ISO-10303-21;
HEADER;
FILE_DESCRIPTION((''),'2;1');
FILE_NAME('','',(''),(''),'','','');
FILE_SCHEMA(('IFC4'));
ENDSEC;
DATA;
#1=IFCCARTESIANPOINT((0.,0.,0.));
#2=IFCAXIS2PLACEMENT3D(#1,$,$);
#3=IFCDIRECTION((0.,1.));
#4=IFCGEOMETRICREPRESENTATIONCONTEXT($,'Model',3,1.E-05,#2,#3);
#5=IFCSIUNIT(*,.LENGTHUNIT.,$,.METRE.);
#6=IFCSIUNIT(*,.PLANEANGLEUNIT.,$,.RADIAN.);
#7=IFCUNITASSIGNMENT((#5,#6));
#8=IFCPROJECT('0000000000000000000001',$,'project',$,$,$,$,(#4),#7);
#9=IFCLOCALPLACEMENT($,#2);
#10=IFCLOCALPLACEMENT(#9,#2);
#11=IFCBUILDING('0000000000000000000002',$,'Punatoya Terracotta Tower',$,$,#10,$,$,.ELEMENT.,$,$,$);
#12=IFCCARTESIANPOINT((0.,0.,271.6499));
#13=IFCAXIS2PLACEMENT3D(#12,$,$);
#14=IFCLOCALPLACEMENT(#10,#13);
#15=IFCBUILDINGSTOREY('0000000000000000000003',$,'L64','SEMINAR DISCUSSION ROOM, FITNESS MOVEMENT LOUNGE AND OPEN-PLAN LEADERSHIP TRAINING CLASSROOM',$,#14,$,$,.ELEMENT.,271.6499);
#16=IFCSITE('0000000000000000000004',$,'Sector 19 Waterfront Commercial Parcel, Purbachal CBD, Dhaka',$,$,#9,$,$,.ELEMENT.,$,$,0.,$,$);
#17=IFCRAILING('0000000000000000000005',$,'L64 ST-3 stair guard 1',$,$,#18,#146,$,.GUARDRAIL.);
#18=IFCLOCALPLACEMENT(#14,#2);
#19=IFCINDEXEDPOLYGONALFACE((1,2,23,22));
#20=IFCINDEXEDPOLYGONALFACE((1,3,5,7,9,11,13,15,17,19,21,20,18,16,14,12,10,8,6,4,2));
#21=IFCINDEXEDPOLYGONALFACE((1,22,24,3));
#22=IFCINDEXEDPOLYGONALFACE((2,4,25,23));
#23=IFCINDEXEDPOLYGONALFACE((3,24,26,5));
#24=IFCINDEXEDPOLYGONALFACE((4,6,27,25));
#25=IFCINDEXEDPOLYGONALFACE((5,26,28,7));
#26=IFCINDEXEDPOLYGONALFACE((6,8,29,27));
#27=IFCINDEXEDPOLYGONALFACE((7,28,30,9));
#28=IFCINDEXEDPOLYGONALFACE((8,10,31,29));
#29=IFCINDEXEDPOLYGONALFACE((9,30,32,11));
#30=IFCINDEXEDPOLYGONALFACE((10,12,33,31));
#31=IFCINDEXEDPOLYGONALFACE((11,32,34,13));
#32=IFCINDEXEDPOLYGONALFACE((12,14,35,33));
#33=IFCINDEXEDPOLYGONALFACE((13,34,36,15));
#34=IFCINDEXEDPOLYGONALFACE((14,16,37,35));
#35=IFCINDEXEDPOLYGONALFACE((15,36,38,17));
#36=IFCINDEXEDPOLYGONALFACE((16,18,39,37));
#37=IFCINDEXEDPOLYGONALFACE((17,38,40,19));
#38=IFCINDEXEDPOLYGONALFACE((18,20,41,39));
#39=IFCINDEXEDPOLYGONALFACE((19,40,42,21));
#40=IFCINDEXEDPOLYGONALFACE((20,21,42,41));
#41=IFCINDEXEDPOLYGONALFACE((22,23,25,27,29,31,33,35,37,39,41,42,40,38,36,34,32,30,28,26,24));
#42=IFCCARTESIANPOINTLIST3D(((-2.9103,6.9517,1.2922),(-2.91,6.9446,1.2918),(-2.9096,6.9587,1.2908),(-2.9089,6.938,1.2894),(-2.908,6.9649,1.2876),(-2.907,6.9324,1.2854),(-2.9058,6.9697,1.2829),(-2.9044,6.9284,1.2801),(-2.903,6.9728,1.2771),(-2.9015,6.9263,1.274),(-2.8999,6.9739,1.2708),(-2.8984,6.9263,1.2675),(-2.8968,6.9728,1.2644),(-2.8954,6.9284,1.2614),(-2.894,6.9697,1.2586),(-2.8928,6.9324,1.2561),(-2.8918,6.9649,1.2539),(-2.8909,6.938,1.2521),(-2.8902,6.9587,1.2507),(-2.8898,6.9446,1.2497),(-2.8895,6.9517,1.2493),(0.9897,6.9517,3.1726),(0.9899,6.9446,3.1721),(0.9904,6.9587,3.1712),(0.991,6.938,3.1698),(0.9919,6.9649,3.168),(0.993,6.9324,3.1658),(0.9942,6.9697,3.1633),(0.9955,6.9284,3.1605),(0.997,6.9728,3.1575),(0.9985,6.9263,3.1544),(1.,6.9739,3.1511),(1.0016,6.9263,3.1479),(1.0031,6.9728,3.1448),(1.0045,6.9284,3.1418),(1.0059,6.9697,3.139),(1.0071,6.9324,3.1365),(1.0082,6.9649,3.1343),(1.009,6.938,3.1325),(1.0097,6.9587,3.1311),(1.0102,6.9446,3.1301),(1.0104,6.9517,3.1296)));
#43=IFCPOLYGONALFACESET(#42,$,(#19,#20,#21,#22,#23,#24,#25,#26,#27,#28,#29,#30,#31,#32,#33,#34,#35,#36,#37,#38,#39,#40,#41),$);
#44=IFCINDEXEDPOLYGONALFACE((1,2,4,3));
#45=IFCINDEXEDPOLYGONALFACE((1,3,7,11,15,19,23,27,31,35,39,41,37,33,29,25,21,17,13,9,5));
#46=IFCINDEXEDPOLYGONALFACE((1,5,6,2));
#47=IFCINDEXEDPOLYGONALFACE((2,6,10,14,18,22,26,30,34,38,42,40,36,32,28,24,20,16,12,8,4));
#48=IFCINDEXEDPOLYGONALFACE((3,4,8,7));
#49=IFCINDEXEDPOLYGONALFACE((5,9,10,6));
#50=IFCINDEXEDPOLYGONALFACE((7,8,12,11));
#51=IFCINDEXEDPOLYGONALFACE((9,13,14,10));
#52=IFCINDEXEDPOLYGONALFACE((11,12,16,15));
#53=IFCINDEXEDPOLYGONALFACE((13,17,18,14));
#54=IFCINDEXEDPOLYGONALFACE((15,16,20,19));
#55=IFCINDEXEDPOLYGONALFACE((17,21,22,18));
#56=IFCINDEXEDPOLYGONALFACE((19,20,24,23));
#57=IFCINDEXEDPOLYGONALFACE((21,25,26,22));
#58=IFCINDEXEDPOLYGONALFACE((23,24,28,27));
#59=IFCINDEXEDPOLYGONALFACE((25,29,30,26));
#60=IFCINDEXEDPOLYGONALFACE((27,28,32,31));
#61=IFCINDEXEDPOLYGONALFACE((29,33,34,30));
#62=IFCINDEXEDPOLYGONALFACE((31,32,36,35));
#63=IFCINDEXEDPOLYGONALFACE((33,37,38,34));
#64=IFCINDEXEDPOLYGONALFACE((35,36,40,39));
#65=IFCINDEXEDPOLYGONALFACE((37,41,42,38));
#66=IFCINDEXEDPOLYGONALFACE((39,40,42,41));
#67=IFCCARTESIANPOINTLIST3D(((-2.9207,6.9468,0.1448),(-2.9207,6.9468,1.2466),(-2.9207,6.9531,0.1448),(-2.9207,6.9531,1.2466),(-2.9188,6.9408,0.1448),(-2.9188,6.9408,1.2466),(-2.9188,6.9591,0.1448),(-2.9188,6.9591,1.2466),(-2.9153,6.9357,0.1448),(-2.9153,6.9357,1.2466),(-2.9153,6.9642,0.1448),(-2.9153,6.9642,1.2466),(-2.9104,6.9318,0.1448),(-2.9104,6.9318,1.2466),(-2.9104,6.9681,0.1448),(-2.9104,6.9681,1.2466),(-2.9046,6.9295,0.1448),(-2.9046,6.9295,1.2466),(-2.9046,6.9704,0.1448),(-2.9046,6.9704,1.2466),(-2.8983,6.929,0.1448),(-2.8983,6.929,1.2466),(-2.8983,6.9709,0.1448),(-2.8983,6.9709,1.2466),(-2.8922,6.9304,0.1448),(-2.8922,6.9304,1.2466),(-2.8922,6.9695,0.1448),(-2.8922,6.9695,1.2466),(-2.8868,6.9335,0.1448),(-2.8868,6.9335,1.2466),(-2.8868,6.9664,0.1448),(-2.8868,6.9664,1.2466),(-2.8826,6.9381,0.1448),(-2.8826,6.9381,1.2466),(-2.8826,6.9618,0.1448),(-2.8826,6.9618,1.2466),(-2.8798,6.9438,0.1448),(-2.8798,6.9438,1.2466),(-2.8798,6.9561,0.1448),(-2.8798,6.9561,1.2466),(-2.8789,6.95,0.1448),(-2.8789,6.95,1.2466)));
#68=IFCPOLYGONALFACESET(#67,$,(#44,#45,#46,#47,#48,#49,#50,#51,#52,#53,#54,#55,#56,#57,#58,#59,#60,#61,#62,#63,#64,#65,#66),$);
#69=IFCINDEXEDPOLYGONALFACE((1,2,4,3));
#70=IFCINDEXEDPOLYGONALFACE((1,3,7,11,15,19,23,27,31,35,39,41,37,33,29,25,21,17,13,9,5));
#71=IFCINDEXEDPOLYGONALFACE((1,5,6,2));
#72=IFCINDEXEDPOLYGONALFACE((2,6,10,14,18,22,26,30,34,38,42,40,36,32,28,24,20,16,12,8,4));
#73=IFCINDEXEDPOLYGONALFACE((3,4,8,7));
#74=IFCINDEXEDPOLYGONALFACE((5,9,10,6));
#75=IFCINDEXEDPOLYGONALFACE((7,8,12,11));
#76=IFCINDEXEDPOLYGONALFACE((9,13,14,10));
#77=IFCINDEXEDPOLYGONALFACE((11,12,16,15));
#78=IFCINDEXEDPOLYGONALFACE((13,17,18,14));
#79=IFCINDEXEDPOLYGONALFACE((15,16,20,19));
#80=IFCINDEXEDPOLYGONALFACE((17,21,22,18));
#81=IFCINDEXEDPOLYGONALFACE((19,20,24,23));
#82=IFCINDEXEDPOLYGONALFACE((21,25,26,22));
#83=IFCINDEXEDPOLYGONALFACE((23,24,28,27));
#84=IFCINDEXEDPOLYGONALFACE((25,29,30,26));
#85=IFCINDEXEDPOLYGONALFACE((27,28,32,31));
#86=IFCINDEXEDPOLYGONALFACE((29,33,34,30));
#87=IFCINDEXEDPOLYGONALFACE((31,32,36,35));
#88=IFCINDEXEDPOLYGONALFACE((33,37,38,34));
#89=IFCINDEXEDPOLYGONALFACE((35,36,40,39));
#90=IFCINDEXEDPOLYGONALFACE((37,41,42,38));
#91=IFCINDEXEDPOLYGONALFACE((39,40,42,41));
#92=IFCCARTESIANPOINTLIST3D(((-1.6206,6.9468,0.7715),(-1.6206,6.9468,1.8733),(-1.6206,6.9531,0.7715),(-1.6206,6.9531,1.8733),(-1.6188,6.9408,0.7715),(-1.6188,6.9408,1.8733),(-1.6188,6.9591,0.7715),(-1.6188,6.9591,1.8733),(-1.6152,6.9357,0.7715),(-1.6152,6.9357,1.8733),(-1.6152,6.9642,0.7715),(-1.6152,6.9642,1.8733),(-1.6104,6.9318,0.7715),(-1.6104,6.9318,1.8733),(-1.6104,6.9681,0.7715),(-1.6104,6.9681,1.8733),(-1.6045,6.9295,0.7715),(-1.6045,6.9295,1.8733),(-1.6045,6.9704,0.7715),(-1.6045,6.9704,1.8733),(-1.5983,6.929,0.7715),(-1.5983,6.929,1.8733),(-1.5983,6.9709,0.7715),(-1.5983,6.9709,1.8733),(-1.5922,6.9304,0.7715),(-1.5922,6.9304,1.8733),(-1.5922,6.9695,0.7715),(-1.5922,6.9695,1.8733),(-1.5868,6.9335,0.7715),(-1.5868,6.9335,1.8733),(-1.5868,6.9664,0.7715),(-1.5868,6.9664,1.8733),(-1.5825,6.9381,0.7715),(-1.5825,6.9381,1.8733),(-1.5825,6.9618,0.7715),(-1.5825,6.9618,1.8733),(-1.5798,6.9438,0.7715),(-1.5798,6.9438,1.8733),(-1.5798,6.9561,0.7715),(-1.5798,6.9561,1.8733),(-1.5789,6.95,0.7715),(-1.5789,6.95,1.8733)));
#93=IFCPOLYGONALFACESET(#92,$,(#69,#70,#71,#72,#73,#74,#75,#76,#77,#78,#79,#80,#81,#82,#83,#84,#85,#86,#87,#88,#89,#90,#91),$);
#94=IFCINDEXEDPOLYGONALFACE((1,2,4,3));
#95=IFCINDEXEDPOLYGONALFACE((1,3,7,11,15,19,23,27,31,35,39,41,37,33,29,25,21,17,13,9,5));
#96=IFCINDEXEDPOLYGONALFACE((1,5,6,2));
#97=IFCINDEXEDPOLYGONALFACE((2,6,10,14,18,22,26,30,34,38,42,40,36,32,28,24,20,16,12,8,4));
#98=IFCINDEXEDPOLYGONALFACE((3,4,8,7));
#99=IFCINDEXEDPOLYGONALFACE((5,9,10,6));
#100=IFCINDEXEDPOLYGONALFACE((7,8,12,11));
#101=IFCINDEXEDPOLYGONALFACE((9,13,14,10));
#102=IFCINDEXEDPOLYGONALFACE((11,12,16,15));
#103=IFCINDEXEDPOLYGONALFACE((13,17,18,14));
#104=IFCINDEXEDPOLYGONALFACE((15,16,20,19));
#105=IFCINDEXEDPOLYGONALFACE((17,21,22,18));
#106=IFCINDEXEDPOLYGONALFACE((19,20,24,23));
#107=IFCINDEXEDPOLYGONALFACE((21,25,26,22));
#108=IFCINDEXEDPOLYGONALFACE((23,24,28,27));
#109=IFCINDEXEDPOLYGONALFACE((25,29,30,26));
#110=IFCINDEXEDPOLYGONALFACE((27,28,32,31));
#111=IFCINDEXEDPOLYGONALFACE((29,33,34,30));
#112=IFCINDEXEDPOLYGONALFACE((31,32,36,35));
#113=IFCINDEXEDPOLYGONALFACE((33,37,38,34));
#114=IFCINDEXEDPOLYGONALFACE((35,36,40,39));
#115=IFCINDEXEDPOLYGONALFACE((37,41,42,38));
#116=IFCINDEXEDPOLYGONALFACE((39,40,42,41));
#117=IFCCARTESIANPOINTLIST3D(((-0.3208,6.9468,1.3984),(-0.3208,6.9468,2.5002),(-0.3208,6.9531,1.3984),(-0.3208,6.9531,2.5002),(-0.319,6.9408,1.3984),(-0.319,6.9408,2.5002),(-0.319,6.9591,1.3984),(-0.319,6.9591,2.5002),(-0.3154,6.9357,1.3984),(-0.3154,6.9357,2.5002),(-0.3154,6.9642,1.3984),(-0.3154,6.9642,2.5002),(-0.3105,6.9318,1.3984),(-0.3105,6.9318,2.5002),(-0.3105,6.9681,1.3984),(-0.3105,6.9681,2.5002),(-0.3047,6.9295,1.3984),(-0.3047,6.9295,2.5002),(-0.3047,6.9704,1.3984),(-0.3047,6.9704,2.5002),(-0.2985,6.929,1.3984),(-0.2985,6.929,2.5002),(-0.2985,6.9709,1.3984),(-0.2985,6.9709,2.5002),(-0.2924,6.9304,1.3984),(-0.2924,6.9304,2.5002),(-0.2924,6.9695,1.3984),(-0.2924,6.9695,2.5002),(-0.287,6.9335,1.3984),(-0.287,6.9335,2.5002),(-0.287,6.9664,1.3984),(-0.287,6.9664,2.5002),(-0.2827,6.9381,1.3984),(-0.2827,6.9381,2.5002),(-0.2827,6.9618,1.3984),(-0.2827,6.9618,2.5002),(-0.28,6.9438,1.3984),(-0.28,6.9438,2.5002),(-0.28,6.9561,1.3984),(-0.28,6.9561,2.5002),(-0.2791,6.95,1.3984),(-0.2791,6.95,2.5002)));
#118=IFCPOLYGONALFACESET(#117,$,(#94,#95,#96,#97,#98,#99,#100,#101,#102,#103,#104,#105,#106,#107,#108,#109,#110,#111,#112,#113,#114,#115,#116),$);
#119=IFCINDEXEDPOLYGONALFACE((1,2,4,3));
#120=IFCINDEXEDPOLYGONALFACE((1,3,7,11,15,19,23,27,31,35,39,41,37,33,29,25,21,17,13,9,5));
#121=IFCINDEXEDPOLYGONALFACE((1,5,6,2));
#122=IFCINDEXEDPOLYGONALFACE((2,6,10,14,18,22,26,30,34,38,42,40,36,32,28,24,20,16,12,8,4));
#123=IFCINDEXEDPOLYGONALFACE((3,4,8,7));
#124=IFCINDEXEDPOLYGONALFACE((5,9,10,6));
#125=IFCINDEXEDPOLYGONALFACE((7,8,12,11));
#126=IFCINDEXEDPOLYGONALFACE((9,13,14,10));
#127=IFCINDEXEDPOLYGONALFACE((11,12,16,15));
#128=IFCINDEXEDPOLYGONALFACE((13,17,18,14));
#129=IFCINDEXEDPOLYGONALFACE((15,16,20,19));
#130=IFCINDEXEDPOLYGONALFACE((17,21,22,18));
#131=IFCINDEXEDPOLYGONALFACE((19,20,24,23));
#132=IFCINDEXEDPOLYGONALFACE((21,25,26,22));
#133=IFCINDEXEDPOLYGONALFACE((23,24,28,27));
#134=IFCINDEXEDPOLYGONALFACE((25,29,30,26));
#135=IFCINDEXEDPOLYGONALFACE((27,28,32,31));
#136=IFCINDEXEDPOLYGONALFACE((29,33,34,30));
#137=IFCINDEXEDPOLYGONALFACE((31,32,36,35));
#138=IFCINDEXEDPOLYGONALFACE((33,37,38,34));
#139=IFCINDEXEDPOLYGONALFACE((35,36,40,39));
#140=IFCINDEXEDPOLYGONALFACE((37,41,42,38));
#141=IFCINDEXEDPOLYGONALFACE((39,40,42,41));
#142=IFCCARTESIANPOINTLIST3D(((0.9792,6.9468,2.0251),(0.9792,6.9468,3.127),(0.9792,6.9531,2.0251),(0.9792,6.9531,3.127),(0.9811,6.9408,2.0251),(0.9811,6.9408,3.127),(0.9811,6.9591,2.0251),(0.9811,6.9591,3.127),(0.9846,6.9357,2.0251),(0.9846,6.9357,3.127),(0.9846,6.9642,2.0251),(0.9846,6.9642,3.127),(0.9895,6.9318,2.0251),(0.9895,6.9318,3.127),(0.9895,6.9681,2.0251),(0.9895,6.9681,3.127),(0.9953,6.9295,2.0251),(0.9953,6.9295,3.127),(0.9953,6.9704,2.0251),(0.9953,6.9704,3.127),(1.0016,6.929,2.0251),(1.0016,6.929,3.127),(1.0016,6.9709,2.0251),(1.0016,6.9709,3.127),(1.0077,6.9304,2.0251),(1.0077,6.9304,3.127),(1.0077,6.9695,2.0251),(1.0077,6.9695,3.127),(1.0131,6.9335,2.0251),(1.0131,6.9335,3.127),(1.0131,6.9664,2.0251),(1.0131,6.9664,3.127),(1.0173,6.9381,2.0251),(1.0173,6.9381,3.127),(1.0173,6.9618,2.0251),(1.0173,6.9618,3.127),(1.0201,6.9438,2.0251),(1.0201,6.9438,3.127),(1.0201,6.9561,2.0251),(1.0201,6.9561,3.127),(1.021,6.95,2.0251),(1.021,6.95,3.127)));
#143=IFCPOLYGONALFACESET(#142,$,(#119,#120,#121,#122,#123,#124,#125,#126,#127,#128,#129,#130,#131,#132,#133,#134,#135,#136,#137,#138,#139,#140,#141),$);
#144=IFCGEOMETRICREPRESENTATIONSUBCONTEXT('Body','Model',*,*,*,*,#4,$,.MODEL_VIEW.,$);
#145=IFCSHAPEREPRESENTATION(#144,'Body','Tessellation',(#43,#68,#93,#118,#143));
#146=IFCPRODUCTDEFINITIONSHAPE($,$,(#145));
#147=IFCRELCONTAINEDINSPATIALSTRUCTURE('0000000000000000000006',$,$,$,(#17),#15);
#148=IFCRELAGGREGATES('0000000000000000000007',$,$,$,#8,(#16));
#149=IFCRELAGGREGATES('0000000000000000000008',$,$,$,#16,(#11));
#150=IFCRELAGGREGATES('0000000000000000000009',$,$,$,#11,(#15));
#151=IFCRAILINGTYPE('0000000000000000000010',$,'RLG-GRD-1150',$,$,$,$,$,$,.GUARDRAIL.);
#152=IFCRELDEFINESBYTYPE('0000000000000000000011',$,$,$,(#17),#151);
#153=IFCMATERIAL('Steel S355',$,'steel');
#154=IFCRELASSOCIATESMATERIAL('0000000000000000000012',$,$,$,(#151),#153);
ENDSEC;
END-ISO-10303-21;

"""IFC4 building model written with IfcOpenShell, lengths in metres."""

from ifc_helpers import new_model, si_unit, direction, frame, origin, origin_2d, place, context, subcontext, project, spatial, circle, extrude, material, type_object, element, save


model = new_model("IFC4")

# Units and contexts
model_context = context("Model", 3, precision=1e-05, world=origin(), true_north=direction((0.0, 1.0)))
body_context = subcontext(model_context, "Body", "Model", "MODEL_VIEW")
ifc_project = project(units=[si_unit("LENGTHUNIT", "METRE"), si_unit("PLANEANGLEUNIT", "RADIAN")], contexts=[model_context])

# Site, building, storey
site_placement = place(None, origin())
site = spatial("IfcSite", under=ifc_project, at=site_placement, Name="Sector 19 Waterfront Commercial Parcel, Purbachal CBD, Dhaka", CompositionType="ELEMENT", RefElevation=0.0)
building_placement = place(site_placement, origin())
building = spatial("IfcBuilding", under=site, at=building_placement, Name="Punatoya Terracotta Tower", CompositionType="ELEMENT")
storey_placement = place(building_placement, frame((0.0, 0.0, 271.6499)))
storey = spatial("IfcBuildingStorey", under=building, at=storey_placement, Name="L64", Description="SEMINAR DISCUSSION ROOM, FITNESS MOVEMENT LOUNGE AND OPEN-PLAN LEADERSHIP TRAINING CLASSROOM", CompositionType="ELEMENT", Elevation=271.6499)

# Shared definitions
ifc_material_1 = material(Name="Steel S355", Category="steel")

# Railing
railing_type_1 = type_object("IfcRailingType", Name="RLG-GRD-1150", PredefinedType="GUARDRAIL", material=ifc_material_1)
railing_1_placement = place(storey_placement, frame((-2.8999, 6.95, 0.1448)))
element("IfcRailing", 1, at=railing_1_placement, inside=storey, type_object=railing_type_1, Name="L64 ST-3 stair guard 1", PredefinedType="GUARDRAIL", context=body_context, shape_type="SweptSolid", body=[
    extrude(circle(Radius=0.0239, at=origin_2d()), frame((0.0, 0.0, 1.126), z_axis=(0.900763, 0.0, 0.434311), x_axis=(0.0, 1.0, 0.0)), (0.0, 0.0, 1.0), 4.3296),
    extrude(circle(Radius=0.021, at=origin_2d()), origin(), (0.0, 0.0, 1.0), 1.1018),
    extrude(circle(Radius=0.021, at=origin_2d()), frame((1.3, 0.0, 0.6267)), (0.0, 0.0, 1.0), 1.1018),
    extrude(circle(Radius=0.021, at=origin_2d()), frame((2.5999, 0.0, 1.2537)), (0.0, 0.0, 1.0), 1.1018),
    extrude(circle(Radius=0.021, at=origin_2d()), frame((3.8999, 0.0, 1.8804)), (0.0, 0.0, 1.0), 1.1018),
])

save(model, "model.ifc")
